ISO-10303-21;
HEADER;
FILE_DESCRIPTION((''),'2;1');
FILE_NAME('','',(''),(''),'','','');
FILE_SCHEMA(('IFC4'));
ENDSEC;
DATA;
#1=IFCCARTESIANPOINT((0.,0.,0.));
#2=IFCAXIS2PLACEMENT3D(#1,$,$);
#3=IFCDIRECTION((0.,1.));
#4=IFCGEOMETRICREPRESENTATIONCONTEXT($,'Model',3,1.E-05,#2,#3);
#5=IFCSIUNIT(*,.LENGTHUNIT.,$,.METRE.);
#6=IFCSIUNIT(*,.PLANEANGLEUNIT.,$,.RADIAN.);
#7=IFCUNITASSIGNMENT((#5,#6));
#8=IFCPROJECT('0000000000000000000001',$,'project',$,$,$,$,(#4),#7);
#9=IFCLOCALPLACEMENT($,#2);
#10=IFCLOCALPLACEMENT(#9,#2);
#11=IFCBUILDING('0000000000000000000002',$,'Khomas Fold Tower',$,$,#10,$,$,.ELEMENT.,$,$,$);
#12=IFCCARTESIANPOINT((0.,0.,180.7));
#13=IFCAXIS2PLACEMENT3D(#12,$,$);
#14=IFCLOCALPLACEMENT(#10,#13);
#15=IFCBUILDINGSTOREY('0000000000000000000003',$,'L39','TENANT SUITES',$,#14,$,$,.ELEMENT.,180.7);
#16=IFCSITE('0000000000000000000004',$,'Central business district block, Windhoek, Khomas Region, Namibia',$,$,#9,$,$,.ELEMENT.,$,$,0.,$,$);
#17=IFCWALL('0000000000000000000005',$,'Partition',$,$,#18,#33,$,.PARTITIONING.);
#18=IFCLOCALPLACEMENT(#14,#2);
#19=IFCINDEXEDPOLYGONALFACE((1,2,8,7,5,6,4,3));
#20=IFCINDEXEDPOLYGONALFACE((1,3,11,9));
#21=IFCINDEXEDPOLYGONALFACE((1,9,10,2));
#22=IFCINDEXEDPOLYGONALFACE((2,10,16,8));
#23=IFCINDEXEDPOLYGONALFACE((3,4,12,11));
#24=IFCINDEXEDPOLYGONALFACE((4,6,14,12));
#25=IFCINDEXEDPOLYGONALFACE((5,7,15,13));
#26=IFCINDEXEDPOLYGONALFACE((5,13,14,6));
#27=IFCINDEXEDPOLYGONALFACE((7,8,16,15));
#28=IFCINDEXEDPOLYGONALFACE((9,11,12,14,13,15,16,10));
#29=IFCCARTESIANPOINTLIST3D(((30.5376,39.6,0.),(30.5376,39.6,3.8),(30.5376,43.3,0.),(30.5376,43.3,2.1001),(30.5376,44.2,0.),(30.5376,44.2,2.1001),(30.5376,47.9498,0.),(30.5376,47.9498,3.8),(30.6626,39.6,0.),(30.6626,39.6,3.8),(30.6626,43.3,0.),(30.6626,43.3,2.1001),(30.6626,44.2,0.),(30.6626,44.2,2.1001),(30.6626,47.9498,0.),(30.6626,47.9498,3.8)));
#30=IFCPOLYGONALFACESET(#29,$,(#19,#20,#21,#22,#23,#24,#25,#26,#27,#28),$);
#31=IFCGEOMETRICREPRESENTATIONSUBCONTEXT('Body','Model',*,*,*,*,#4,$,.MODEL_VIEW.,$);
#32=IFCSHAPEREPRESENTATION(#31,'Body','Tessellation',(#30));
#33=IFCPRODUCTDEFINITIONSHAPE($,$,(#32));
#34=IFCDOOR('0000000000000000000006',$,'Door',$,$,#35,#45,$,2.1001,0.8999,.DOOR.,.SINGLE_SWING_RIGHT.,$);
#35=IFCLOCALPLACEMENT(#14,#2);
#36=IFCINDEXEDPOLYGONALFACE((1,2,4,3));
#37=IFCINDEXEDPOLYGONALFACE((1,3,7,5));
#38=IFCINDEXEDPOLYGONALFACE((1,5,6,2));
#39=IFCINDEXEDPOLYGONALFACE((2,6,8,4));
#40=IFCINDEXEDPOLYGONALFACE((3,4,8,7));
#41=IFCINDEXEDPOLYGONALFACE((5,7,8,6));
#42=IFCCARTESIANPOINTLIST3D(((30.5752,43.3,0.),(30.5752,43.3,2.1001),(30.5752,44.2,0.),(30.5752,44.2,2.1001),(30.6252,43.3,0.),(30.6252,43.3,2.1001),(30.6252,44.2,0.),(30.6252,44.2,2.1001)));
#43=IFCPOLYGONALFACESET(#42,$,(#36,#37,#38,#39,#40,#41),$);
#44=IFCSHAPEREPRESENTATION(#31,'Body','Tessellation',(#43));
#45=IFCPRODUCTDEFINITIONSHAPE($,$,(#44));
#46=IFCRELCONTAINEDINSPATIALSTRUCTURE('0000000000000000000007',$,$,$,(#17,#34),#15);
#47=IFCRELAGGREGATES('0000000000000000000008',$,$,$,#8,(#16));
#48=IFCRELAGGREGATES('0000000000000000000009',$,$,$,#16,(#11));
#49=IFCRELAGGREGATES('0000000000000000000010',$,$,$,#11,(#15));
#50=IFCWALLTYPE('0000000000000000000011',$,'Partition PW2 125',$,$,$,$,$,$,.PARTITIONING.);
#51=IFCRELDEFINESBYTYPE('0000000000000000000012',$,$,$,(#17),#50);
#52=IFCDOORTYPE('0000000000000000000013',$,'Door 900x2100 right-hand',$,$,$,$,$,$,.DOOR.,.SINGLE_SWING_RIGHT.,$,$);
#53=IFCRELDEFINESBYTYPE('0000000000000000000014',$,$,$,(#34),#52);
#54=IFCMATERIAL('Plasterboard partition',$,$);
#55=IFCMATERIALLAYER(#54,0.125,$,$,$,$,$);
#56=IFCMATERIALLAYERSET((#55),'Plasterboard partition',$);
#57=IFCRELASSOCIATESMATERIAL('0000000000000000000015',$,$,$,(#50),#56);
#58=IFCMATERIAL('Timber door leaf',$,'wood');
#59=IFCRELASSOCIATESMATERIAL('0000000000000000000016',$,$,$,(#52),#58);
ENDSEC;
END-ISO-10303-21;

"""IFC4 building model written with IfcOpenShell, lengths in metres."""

from ifc_helpers import new_model, si_unit, direction, frame, frame_2d, origin, place, context, subcontext, project, spatial, rectangle, extrude, source, transform, mapped, material, layer, layer_set, type_object, element, fill, save


model = new_model("IFC4")

# Units and contexts
model_context = context("Model", 3, precision=1e-05, world=origin(), true_north=direction((0.0, 1.0)))
body_context = subcontext(model_context, "Body", "Model", "MODEL_VIEW")
ifc_project = project(units=[si_unit("LENGTHUNIT", "METRE"), si_unit("PLANEANGLEUNIT", "RADIAN")], contexts=[model_context])

# Site, building, storey
site_placement = place(None, origin())
site = spatial("IfcSite", under=ifc_project, at=site_placement, Name="Central business district block, Windhoek, Khomas Region, Namibia", CompositionType="ELEMENT", RefElevation=0.0)
building_placement = place(site_placement, origin())
building = spatial("IfcBuilding", under=site, at=building_placement, Name="Khomas Fold Tower", CompositionType="ELEMENT")
storey_placement = place(building_placement, frame((0.0, 0.0, 180.7)))
storey = spatial("IfcBuildingStorey", under=building, at=storey_placement, Name="L39", Description="TENANT SUITES", CompositionType="ELEMENT", Elevation=180.7)

# Wall, opening, door
ifc_material_1 = material(Name="Plasterboard partition")
ifc_layer_1 = layer(ifc_material_1, 0.125)
ifc_layer_set_1 = layer_set([ifc_layer_1], Name="Plasterboard partition")
wall_type_1 = type_object("IfcWallType", Name="Partition PW2 125", PredefinedType="PARTITIONING", material=ifc_layer_set_1)
shared_shape_1 = source(origin(), body_context, "Body", "SweptSolid", [
    extrude(rectangle(XDim=8.3499, YDim=0.125, at=frame_2d((4.1748, 0.0))), origin(), (0.0, 0.0, 1.0), 3.8),
])
wall_1_placement = place(storey_placement, frame((30.6001, 39.6001, 0.0), z_axis=(0.0, 0.0, 1.0), x_axis=(0.0, 1.0, 0.0)))
wall_1 = element("IfcWall", 1, at=wall_1_placement, inside=storey, type_object=wall_type_1, Name="Partition", PredefinedType="PARTITIONING", context=body_context, shape_type="MappedRepresentation", body=[
    mapped(shared_shape_1, transform((0.0, 0.0, 0.0))),
])
shared_shape_2 = source(origin(), body_context, "Body", "SweptSolid", [
    extrude(rectangle(XDim=0.8999, YDim=2.1001, at=frame_2d((0.45, 1.05))), frame((0.0, 0.0725, 0.0), z_axis=(0.0, -1.0, 0.0), x_axis=(1.0, 0.0, 0.0)), (0.0, 0.0, 1.0), 0.145),
])
opening_placement = place(wall_1_placement, frame((3.7, 0.0, 0.0)))
opening = element("IfcOpeningElement", 2, at=opening_placement, cuts=wall_1, PredefinedType="OPENING", context=body_context, shape_type="MappedRepresentation", body=[
    mapped(shared_shape_2, transform((0.0, 0.0, 0.0))),
])
ifc_material_2 = material(Name="Timber door leaf", Category="wood")
door_type = type_object("IfcDoorType", Name="Door 900x2100 right-hand", OperationType="SINGLE_SWING_RIGHT", PredefinedType="DOOR", material=ifc_material_2)
shared_shape_3 = source(origin(), body_context, "Body", "SweptSolid", [
    extrude(rectangle(XDim=0.8999, YDim=2.1001, at=frame_2d((0.45, 1.05))), frame((0.0, 0.0249, 0.0), z_axis=(0.0, -1.0, 0.0), x_axis=(1.0, 0.0, 0.0)), (0.0, 0.0, 1.0), 0.05),
])
door_placement = place(opening_placement, origin())
door = element("IfcDoor", 3, at=door_placement, inside=storey, type_object=door_type, Name="Door", OperationType="SINGLE_SWING_RIGHT", OverallHeight=2.1001, OverallWidth=0.8999, PredefinedType="DOOR", context=body_context, shape_type="MappedRepresentation", body=[
    mapped(shared_shape_3, transform((0.0, 0.0, 0.0))),
])
fill(opening, door)

save(model, "model.ifc")
